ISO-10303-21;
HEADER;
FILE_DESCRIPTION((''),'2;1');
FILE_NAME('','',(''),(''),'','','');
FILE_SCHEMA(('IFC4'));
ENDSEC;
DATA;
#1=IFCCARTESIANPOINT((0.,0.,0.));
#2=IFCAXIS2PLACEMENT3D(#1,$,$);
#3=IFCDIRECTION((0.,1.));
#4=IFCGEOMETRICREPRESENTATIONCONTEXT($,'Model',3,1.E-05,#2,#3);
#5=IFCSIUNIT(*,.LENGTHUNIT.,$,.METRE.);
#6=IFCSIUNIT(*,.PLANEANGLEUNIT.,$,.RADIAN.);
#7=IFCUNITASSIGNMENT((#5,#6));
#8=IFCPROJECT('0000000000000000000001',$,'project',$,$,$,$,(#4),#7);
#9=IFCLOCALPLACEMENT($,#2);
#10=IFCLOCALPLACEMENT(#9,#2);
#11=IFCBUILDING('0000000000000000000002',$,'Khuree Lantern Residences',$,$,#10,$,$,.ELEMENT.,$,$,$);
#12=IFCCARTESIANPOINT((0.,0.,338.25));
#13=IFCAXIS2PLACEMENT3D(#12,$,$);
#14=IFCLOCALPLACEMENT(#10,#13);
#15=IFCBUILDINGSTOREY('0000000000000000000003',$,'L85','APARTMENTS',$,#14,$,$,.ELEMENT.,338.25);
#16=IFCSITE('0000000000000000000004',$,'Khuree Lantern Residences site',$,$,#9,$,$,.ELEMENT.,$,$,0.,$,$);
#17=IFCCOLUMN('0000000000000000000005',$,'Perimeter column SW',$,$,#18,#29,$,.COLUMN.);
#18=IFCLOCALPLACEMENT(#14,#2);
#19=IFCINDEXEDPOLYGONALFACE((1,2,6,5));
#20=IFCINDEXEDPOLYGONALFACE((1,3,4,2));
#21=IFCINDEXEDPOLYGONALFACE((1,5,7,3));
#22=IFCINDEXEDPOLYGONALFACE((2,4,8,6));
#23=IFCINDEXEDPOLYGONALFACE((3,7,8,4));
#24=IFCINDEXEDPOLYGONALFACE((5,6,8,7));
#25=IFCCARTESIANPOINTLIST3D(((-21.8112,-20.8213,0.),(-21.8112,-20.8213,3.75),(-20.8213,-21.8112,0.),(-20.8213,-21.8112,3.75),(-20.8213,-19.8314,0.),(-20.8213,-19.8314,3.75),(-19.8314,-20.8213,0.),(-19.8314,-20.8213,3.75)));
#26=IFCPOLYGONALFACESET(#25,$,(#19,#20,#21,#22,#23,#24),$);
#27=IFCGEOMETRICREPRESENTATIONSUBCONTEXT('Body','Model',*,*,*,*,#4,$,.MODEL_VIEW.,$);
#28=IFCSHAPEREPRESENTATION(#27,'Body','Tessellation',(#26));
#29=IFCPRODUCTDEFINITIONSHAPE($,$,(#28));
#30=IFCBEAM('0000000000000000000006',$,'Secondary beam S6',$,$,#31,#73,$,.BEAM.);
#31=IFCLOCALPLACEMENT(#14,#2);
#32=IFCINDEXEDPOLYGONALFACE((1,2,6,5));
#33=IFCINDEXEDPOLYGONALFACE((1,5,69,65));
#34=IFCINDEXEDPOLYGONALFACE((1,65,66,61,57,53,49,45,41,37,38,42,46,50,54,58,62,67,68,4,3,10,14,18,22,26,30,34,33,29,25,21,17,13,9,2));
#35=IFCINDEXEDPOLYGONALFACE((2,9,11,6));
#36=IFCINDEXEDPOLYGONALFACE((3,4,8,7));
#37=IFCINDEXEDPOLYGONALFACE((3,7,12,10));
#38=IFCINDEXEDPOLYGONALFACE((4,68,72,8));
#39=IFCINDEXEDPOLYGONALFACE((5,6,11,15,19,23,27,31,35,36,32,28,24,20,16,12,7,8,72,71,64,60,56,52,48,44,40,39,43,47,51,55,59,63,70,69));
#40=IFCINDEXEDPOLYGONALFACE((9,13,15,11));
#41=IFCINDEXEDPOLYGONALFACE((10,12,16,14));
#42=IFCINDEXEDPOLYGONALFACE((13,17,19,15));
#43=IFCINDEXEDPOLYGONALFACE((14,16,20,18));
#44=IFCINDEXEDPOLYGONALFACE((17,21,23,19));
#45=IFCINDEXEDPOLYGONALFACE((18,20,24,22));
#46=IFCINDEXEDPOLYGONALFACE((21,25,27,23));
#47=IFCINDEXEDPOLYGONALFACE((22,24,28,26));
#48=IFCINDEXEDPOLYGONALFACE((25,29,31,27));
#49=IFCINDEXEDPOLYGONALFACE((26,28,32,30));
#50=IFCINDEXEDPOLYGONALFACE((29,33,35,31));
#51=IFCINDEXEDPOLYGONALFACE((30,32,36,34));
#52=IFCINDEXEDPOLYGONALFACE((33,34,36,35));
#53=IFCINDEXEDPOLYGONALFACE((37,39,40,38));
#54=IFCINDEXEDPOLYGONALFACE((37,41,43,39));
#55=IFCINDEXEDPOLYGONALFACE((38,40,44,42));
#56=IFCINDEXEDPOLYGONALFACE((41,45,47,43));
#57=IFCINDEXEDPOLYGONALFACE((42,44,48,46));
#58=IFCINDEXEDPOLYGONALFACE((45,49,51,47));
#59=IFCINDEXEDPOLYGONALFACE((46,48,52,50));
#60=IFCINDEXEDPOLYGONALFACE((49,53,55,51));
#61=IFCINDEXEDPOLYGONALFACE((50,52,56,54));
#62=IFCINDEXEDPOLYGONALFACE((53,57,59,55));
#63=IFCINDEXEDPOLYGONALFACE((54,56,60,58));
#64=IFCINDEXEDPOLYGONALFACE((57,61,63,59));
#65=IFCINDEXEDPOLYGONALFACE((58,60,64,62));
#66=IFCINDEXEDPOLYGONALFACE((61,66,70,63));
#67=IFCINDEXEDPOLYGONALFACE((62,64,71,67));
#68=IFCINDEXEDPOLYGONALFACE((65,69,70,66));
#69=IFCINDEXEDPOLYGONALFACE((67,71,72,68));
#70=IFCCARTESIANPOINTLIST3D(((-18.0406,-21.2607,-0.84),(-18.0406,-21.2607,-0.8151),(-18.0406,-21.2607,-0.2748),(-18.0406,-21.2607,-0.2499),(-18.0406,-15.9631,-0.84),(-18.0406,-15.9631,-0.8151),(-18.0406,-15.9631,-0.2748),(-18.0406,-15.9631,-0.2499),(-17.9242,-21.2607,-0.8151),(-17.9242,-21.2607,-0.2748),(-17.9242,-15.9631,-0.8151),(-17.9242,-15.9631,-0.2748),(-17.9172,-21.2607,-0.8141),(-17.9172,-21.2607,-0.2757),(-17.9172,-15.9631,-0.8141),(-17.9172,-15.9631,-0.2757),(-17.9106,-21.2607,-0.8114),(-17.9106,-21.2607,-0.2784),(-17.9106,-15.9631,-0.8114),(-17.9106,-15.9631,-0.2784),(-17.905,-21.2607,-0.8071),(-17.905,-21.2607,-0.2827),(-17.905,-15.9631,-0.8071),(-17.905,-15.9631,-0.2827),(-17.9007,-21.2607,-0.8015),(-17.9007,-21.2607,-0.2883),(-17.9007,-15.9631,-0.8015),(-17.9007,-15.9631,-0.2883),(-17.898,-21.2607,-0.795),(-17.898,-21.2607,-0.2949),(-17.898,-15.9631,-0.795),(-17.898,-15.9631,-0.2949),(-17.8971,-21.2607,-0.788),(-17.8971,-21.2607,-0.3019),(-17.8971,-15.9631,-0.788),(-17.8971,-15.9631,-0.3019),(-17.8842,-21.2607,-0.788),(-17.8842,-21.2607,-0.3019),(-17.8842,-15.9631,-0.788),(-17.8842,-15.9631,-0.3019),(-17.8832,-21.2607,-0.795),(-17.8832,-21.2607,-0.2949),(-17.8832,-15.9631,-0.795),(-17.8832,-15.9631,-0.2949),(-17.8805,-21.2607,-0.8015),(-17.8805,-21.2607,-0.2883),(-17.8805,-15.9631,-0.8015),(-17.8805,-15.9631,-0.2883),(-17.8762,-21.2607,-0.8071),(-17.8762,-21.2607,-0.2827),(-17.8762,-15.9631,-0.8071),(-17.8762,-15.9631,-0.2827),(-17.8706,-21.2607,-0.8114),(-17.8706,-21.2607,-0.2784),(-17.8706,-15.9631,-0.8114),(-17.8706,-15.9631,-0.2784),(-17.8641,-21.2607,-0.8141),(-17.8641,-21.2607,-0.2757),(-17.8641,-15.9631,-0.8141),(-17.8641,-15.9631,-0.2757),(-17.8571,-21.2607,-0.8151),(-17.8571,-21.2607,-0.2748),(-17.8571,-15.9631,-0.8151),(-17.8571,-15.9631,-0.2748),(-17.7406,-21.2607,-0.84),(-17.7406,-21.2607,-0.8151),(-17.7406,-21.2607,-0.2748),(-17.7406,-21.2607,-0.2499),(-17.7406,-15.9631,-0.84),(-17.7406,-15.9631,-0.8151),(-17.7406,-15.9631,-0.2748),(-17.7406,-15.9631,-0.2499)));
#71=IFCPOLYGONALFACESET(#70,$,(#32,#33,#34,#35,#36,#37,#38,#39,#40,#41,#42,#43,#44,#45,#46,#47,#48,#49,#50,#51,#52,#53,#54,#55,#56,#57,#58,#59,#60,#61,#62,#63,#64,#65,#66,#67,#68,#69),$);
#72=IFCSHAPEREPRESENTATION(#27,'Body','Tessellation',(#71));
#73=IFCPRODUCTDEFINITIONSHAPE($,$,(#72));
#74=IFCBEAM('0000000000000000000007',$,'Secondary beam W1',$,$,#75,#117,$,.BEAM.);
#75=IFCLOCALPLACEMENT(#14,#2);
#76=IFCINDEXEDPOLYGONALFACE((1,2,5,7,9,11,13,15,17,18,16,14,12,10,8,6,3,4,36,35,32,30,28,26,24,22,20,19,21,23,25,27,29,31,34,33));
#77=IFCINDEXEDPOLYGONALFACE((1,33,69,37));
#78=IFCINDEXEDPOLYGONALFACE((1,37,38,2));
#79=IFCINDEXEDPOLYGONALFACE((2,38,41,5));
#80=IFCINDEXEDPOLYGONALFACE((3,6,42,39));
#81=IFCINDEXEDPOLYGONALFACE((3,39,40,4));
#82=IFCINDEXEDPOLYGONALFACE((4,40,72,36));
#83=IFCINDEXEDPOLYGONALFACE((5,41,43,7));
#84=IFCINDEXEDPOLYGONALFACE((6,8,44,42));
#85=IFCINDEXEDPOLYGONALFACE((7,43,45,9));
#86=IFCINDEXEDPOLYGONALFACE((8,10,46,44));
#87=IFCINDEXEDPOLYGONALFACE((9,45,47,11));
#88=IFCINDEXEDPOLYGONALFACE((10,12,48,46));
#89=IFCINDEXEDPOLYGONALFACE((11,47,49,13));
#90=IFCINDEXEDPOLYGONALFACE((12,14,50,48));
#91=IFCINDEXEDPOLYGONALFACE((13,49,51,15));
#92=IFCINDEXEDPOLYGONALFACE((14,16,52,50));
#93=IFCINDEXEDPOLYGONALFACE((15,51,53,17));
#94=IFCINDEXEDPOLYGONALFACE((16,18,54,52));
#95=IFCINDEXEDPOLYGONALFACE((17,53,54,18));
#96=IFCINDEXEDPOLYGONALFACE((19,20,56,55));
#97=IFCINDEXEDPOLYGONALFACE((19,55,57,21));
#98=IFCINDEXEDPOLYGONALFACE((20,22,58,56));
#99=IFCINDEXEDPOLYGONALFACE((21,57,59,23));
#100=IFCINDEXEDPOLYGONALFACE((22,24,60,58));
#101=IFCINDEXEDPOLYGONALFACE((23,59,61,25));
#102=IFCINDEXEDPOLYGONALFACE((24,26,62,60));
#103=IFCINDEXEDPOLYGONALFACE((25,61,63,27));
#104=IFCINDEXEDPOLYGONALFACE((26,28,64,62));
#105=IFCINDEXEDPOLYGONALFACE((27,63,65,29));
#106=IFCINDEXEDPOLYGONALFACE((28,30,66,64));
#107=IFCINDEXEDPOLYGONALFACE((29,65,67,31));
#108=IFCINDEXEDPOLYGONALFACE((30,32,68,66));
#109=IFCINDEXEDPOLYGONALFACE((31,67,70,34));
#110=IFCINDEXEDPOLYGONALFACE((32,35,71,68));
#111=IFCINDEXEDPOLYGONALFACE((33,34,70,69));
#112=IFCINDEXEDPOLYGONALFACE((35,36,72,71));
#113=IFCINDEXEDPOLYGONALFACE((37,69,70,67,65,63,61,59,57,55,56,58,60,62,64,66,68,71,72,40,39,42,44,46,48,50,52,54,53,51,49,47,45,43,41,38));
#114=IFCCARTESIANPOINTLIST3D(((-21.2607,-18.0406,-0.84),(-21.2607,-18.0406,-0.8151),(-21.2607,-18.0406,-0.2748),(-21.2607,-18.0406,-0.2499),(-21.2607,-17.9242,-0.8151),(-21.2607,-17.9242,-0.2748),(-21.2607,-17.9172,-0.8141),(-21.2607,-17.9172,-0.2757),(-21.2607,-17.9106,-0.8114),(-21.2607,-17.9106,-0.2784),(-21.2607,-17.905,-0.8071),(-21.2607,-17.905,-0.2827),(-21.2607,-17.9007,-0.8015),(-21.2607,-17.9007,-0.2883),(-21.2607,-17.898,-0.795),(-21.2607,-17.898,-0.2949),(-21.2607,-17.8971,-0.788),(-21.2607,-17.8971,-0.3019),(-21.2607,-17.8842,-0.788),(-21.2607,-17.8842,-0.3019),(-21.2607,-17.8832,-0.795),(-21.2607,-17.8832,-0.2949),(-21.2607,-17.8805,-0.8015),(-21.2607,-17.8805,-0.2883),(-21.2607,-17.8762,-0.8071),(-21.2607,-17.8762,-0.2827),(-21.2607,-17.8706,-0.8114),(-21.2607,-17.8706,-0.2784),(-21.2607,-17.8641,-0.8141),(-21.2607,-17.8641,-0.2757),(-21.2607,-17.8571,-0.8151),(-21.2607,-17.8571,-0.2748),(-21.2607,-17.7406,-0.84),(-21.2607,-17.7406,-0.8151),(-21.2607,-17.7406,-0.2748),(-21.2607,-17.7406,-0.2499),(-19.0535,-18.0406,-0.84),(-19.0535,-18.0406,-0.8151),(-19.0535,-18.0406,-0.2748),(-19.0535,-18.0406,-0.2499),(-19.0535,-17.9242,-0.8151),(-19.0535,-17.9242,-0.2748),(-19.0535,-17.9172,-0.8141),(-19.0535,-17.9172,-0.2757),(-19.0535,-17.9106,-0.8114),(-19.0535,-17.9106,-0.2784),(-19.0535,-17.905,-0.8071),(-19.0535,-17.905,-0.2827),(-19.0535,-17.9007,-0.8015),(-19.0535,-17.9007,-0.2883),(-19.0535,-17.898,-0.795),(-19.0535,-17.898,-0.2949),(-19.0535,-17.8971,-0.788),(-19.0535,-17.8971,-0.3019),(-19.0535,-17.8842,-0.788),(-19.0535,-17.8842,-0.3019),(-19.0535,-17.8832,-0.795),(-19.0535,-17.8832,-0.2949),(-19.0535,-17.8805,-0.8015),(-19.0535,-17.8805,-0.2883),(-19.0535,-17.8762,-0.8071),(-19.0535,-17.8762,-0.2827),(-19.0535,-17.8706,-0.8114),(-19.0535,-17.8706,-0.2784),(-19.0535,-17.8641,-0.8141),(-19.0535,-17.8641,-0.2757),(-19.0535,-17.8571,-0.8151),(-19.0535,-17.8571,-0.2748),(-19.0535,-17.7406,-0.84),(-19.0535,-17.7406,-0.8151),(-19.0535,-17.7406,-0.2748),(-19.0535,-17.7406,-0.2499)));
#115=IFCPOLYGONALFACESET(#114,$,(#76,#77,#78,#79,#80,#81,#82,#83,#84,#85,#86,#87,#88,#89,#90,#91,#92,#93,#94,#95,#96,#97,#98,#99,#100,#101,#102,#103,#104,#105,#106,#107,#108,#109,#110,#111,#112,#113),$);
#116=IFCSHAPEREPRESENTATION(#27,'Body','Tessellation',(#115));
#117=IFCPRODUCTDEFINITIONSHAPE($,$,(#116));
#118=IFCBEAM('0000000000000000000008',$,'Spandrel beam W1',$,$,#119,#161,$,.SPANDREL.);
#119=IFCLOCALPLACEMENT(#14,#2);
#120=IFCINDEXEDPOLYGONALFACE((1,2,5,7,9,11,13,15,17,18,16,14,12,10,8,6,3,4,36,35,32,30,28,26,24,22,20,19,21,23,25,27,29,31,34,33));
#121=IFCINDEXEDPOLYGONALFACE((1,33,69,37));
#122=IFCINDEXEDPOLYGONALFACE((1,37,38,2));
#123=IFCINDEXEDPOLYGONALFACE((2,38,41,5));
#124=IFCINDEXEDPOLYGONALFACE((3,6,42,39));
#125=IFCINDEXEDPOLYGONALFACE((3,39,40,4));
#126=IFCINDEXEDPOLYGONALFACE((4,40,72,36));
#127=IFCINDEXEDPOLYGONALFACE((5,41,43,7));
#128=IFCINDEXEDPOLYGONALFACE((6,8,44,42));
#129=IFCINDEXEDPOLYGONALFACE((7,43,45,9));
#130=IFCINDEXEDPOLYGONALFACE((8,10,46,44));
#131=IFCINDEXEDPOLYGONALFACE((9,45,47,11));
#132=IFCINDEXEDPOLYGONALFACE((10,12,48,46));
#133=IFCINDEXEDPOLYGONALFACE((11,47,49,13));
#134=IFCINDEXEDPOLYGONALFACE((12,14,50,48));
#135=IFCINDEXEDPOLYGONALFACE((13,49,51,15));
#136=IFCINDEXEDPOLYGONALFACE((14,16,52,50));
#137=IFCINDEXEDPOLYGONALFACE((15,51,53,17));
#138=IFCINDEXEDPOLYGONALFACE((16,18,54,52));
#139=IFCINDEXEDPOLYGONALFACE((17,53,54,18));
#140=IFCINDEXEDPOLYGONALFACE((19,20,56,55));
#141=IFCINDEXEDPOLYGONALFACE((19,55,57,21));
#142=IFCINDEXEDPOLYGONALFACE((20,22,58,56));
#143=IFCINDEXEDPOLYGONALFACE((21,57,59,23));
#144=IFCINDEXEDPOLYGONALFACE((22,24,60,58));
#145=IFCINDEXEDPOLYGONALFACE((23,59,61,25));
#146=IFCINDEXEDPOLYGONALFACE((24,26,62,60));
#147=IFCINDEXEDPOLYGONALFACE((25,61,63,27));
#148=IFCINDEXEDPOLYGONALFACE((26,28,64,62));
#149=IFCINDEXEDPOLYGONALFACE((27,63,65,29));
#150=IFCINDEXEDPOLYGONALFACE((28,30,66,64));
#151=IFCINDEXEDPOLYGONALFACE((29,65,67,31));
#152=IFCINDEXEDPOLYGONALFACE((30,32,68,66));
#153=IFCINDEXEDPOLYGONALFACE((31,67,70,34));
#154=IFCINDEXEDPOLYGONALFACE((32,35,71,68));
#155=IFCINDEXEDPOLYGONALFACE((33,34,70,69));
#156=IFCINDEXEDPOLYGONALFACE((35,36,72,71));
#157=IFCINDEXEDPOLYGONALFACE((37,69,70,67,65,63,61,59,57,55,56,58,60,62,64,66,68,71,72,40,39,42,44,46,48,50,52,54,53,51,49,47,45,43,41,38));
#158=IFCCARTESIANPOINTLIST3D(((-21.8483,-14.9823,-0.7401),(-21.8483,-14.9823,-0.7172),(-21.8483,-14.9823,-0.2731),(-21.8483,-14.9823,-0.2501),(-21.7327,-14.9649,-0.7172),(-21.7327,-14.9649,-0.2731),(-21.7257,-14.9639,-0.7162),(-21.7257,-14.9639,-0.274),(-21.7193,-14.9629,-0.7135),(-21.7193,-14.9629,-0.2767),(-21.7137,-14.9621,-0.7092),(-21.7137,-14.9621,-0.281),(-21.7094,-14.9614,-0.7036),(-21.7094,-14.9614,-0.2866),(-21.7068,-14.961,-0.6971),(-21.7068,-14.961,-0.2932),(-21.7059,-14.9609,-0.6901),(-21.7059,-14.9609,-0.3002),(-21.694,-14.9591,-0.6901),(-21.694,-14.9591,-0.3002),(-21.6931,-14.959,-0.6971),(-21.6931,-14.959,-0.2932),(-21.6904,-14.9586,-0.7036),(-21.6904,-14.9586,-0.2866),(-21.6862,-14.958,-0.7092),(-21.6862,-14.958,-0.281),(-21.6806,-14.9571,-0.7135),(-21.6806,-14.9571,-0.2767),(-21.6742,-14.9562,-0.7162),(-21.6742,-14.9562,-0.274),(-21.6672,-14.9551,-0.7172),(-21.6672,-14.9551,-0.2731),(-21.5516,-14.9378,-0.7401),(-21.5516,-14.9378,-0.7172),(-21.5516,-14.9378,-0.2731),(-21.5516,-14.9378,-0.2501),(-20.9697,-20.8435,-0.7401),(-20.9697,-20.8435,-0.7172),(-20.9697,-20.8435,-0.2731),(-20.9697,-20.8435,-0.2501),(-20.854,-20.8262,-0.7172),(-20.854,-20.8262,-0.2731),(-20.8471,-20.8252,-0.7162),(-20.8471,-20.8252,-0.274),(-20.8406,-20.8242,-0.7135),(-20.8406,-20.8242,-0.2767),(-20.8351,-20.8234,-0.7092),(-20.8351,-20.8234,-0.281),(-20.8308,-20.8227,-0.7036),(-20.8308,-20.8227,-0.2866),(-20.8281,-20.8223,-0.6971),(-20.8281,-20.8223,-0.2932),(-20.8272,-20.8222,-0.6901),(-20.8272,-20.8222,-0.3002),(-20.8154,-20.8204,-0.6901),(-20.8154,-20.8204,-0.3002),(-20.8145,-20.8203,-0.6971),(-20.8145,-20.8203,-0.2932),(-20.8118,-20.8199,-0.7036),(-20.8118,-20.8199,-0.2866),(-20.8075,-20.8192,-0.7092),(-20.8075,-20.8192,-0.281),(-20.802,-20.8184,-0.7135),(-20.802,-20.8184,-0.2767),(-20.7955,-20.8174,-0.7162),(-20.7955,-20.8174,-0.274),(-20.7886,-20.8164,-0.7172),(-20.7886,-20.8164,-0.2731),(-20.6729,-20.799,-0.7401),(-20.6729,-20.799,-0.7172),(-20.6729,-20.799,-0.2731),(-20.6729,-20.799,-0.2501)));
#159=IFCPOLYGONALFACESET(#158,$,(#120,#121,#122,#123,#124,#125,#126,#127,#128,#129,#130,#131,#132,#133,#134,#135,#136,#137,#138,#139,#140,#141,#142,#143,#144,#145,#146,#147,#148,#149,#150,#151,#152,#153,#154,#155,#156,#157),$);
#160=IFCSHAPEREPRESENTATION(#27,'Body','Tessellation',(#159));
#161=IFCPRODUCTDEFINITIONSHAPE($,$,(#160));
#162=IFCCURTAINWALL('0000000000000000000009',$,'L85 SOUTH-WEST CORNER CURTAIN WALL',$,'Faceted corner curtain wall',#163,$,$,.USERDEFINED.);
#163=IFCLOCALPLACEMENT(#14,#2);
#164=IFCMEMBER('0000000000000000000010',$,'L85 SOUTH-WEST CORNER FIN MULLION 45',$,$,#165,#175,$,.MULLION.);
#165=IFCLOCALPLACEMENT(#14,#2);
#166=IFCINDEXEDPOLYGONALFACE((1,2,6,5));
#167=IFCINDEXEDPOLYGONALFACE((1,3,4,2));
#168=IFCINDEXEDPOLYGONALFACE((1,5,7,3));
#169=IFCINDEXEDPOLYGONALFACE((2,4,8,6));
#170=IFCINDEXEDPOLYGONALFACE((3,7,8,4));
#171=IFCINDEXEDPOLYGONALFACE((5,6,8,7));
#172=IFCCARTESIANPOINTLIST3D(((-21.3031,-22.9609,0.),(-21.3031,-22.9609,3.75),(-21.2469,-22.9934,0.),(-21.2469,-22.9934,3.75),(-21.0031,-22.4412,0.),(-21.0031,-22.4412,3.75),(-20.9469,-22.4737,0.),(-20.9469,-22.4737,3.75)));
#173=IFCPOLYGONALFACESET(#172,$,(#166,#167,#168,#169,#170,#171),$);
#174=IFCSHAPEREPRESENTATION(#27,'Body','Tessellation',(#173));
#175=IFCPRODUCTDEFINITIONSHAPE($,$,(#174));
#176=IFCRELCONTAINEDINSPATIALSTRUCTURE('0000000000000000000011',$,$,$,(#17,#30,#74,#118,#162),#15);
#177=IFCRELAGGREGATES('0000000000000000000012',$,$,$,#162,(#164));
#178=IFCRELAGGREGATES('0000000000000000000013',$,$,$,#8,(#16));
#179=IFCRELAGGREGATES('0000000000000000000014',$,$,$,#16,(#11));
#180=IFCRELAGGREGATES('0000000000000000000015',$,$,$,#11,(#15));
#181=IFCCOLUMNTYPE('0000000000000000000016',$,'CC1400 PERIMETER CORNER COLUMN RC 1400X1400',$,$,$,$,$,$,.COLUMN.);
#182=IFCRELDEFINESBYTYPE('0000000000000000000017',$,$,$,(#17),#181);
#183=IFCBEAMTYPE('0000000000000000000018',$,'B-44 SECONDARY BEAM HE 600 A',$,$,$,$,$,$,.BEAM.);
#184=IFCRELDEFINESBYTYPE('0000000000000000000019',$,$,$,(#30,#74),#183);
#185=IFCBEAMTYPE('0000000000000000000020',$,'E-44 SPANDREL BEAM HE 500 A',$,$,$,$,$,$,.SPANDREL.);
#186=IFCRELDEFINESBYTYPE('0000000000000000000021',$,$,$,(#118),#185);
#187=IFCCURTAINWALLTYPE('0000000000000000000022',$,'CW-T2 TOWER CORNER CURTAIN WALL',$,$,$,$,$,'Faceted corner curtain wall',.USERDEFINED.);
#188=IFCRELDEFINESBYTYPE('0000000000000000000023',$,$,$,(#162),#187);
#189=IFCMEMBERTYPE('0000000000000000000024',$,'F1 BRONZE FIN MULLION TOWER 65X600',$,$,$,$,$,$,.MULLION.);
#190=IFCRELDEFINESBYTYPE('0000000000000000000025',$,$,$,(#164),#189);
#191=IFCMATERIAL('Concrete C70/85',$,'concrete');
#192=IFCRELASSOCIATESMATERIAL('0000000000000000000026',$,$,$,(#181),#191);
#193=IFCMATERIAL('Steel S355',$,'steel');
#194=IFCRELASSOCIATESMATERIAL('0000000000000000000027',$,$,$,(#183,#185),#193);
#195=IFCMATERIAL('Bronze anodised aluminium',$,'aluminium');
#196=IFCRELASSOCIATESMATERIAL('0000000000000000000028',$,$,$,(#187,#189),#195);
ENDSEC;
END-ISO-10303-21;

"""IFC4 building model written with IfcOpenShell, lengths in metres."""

from ifc_helpers import new_model, si_unit, direction, frame, origin, origin_2d, place, context, subcontext, project, spatial, rectangle, i_section, extrude, material, material_profile, profile_set, type_object, element, aggregate, save


model = new_model("IFC4")

# Units and contexts
model_context = context("Model", 3, precision=1e-05, world=origin(), true_north=direction((0.0, 1.0)))
body_context = subcontext(model_context, "Body", "Model", "MODEL_VIEW")
ifc_project = project(units=[si_unit("LENGTHUNIT", "METRE"), si_unit("PLANEANGLEUNIT", "RADIAN")], contexts=[model_context])

# Site, building, storey
site_placement = place(None, origin())
site = spatial("IfcSite", under=ifc_project, at=site_placement, Name="Khuree Lantern Residences site", CompositionType="ELEMENT", RefElevation=0.0)
building_placement = place(site_placement, origin())
building = spatial("IfcBuilding", under=site, at=building_placement, Name="Khuree Lantern Residences", CompositionType="ELEMENT")
storey_placement = place(building_placement, frame((0.0, 0.0, 338.25)))
storey = spatial("IfcBuildingStorey", under=building, at=storey_placement, Name="L85", Description="APARTMENTS", CompositionType="ELEMENT", Elevation=338.25)

# Column
ifc_material_1 = material(Name="Concrete C70/85", Category="concrete")
ifc_material_profile_1 = material_profile(ifc_material_1, rectangle(XDim=1.3999, YDim=1.3999, at=origin_2d()), Name="RC 1400X1400")
ifc_profile_set_1 = profile_set([ifc_material_profile_1], Name="Concrete C70/85")
column_type = type_object("IfcColumnType", Name="CC1400 PERIMETER CORNER COLUMN RC 1400X1400", PredefinedType="COLUMN", material=ifc_profile_set_1)
column_placement = place(storey_placement, frame((-20.8213, -20.8213, 0.0), z_axis=(0.0, 0.0, 1.0), x_axis=(0.707107, -0.707107, 0.0)))
element("IfcColumn", 1, at=column_placement, inside=storey, type_object=column_type, Name="Perimeter column SW", PredefinedType="COLUMN", context=body_context, shape_type="SweptSolid", body=[
    extrude(rectangle(XDim=1.3999, YDim=1.3999, at=origin_2d()), origin(), (0.0, 0.0, 1.0), 3.75),
])

# Beams
ifc_material_2 = material(Name="Steel S355", Category="steel")
ifc_material_profile_2 = material_profile(ifc_material_2, i_section(OverallWidth=0.3, OverallDepth=0.5901, WebThickness=0.0129, FlangeThickness=0.0249, FilletRadius=0.0271, at=origin_2d()), Name="HE 600 A")
ifc_profile_set_2 = profile_set([ifc_material_profile_2], Name="Steel S355")
beam_type_1 = type_object("IfcBeamType", Name="B-44 SECONDARY BEAM HE 600 A", PredefinedType="BEAM", material=ifc_profile_set_2)
beam_1_placement = place(storey_placement, frame((-17.8906, -21.2607, -0.5449), z_axis=(0.0, 1.0, 0.0), x_axis=(-1.0, 0.0, 0.0)))
element("IfcBeam", 2, at=beam_1_placement, inside=storey, type_object=beam_type_1, Name="Secondary beam S6", PredefinedType="BEAM", context=body_context, shape_type="SweptSolid", body=[
    extrude(i_section(OverallWidth=0.3, OverallDepth=0.5901, WebThickness=0.0129, FlangeThickness=0.0249, FilletRadius=0.0271, at=origin_2d()), origin(), (0.0, 0.0, 1.0), 5.2976),
])
beam_2_placement = place(storey_placement, frame((-21.2607, -17.8906, -0.5449), z_axis=(1.0, 0.0, 0.0), x_axis=(0.0, 1.0, 0.0)))
element("IfcBeam", 3, at=beam_2_placement, inside=storey, type_object=beam_type_1, Name="Secondary beam W1", PredefinedType="BEAM", context=body_context, shape_type="SweptSolid", body=[
    extrude(i_section(OverallWidth=0.3, OverallDepth=0.5901, WebThickness=0.0129, FlangeThickness=0.0249, FilletRadius=0.0271, at=origin_2d()), origin(), (0.0, 0.0, 1.0), 2.2073),
])
ifc_material_profile_3 = material_profile(ifc_material_2, i_section(OverallWidth=0.3, OverallDepth=0.49, WebThickness=0.012, FlangeThickness=0.0229, FilletRadius=0.0271, at=origin_2d()), Name="HE 500 A")
ifc_profile_set_3 = profile_set([ifc_material_profile_3], Name="Steel S355")
beam_type_2 = type_object("IfcBeamType", Name="E-44 SPANDREL BEAM HE 500 A", PredefinedType="SPANDREL", material=ifc_profile_set_3)
beam_3_placement = place(storey_placement, frame((-20.8213, -20.8213, -0.4951), z_axis=(-0.148252, 0.98895, 0.0), x_axis=(-0.98895, -0.148252, 0.0)))
element("IfcBeam", 4, at=beam_3_placement, inside=storey, type_object=beam_type_2, Name="Spandrel beam W1", PredefinedType="SPANDREL", context=body_context, shape_type="SweptSolid", body=[
    extrude(i_section(OverallWidth=0.3, OverallDepth=0.49, WebThickness=0.012, FlangeThickness=0.0229, FilletRadius=0.0271, at=origin_2d()), origin(), (0.0, 0.0, 1.0), 5.9268),
])

# Curtain wall, member
ifc_material_3 = material(Name="Bronze anodised aluminium", Category="aluminium")
curtain_wall_type_1 = type_object("IfcCurtainWallType", Name="CW-T2 TOWER CORNER CURTAIN WALL", ElementType="Faceted corner curtain wall", PredefinedType="USERDEFINED", material=ifc_material_3)
curtain_wall_1_placement = place(storey_placement, origin())
curtain_wall_1 = element("IfcCurtainWall", 5, at=curtain_wall_1_placement, inside=storey, type_object=curtain_wall_type_1, Name="L85 SOUTH-WEST CORNER CURTAIN WALL", ObjectType="Faceted corner curtain wall", PredefinedType="USERDEFINED")
ifc_material_profile_4 = material_profile(ifc_material_3, rectangle(XDim=0.0649, YDim=0.6001, at=origin_2d()), Name="F1 65X600")
ifc_profile_set_4 = profile_set([ifc_material_profile_4], Name="Bronze anodised aluminium")
member_type_1 = type_object("IfcMemberType", Name="F1 BRONZE FIN MULLION TOWER 65X600", PredefinedType="MULLION", material=ifc_profile_set_4)
member_1_placement = place(storey_placement, frame((-21.125, -22.7173, 0.0), z_axis=(0.0, 0.0, 1.0), x_axis=(0.866025, -0.5, 0.0)))
member_1 = element("IfcMember", 6, at=member_1_placement, type_object=member_type_1, Name="L85 SOUTH-WEST CORNER FIN MULLION 45", PredefinedType="MULLION", context=body_context, shape_type="SweptSolid", body=[
    extrude(rectangle(XDim=0.0649, YDim=0.6001, at=origin_2d()), origin(), (0.0, 0.0, 1.0), 3.75),
])

aggregate(curtain_wall_1, [member_1])

save(model, "model.ifc")
